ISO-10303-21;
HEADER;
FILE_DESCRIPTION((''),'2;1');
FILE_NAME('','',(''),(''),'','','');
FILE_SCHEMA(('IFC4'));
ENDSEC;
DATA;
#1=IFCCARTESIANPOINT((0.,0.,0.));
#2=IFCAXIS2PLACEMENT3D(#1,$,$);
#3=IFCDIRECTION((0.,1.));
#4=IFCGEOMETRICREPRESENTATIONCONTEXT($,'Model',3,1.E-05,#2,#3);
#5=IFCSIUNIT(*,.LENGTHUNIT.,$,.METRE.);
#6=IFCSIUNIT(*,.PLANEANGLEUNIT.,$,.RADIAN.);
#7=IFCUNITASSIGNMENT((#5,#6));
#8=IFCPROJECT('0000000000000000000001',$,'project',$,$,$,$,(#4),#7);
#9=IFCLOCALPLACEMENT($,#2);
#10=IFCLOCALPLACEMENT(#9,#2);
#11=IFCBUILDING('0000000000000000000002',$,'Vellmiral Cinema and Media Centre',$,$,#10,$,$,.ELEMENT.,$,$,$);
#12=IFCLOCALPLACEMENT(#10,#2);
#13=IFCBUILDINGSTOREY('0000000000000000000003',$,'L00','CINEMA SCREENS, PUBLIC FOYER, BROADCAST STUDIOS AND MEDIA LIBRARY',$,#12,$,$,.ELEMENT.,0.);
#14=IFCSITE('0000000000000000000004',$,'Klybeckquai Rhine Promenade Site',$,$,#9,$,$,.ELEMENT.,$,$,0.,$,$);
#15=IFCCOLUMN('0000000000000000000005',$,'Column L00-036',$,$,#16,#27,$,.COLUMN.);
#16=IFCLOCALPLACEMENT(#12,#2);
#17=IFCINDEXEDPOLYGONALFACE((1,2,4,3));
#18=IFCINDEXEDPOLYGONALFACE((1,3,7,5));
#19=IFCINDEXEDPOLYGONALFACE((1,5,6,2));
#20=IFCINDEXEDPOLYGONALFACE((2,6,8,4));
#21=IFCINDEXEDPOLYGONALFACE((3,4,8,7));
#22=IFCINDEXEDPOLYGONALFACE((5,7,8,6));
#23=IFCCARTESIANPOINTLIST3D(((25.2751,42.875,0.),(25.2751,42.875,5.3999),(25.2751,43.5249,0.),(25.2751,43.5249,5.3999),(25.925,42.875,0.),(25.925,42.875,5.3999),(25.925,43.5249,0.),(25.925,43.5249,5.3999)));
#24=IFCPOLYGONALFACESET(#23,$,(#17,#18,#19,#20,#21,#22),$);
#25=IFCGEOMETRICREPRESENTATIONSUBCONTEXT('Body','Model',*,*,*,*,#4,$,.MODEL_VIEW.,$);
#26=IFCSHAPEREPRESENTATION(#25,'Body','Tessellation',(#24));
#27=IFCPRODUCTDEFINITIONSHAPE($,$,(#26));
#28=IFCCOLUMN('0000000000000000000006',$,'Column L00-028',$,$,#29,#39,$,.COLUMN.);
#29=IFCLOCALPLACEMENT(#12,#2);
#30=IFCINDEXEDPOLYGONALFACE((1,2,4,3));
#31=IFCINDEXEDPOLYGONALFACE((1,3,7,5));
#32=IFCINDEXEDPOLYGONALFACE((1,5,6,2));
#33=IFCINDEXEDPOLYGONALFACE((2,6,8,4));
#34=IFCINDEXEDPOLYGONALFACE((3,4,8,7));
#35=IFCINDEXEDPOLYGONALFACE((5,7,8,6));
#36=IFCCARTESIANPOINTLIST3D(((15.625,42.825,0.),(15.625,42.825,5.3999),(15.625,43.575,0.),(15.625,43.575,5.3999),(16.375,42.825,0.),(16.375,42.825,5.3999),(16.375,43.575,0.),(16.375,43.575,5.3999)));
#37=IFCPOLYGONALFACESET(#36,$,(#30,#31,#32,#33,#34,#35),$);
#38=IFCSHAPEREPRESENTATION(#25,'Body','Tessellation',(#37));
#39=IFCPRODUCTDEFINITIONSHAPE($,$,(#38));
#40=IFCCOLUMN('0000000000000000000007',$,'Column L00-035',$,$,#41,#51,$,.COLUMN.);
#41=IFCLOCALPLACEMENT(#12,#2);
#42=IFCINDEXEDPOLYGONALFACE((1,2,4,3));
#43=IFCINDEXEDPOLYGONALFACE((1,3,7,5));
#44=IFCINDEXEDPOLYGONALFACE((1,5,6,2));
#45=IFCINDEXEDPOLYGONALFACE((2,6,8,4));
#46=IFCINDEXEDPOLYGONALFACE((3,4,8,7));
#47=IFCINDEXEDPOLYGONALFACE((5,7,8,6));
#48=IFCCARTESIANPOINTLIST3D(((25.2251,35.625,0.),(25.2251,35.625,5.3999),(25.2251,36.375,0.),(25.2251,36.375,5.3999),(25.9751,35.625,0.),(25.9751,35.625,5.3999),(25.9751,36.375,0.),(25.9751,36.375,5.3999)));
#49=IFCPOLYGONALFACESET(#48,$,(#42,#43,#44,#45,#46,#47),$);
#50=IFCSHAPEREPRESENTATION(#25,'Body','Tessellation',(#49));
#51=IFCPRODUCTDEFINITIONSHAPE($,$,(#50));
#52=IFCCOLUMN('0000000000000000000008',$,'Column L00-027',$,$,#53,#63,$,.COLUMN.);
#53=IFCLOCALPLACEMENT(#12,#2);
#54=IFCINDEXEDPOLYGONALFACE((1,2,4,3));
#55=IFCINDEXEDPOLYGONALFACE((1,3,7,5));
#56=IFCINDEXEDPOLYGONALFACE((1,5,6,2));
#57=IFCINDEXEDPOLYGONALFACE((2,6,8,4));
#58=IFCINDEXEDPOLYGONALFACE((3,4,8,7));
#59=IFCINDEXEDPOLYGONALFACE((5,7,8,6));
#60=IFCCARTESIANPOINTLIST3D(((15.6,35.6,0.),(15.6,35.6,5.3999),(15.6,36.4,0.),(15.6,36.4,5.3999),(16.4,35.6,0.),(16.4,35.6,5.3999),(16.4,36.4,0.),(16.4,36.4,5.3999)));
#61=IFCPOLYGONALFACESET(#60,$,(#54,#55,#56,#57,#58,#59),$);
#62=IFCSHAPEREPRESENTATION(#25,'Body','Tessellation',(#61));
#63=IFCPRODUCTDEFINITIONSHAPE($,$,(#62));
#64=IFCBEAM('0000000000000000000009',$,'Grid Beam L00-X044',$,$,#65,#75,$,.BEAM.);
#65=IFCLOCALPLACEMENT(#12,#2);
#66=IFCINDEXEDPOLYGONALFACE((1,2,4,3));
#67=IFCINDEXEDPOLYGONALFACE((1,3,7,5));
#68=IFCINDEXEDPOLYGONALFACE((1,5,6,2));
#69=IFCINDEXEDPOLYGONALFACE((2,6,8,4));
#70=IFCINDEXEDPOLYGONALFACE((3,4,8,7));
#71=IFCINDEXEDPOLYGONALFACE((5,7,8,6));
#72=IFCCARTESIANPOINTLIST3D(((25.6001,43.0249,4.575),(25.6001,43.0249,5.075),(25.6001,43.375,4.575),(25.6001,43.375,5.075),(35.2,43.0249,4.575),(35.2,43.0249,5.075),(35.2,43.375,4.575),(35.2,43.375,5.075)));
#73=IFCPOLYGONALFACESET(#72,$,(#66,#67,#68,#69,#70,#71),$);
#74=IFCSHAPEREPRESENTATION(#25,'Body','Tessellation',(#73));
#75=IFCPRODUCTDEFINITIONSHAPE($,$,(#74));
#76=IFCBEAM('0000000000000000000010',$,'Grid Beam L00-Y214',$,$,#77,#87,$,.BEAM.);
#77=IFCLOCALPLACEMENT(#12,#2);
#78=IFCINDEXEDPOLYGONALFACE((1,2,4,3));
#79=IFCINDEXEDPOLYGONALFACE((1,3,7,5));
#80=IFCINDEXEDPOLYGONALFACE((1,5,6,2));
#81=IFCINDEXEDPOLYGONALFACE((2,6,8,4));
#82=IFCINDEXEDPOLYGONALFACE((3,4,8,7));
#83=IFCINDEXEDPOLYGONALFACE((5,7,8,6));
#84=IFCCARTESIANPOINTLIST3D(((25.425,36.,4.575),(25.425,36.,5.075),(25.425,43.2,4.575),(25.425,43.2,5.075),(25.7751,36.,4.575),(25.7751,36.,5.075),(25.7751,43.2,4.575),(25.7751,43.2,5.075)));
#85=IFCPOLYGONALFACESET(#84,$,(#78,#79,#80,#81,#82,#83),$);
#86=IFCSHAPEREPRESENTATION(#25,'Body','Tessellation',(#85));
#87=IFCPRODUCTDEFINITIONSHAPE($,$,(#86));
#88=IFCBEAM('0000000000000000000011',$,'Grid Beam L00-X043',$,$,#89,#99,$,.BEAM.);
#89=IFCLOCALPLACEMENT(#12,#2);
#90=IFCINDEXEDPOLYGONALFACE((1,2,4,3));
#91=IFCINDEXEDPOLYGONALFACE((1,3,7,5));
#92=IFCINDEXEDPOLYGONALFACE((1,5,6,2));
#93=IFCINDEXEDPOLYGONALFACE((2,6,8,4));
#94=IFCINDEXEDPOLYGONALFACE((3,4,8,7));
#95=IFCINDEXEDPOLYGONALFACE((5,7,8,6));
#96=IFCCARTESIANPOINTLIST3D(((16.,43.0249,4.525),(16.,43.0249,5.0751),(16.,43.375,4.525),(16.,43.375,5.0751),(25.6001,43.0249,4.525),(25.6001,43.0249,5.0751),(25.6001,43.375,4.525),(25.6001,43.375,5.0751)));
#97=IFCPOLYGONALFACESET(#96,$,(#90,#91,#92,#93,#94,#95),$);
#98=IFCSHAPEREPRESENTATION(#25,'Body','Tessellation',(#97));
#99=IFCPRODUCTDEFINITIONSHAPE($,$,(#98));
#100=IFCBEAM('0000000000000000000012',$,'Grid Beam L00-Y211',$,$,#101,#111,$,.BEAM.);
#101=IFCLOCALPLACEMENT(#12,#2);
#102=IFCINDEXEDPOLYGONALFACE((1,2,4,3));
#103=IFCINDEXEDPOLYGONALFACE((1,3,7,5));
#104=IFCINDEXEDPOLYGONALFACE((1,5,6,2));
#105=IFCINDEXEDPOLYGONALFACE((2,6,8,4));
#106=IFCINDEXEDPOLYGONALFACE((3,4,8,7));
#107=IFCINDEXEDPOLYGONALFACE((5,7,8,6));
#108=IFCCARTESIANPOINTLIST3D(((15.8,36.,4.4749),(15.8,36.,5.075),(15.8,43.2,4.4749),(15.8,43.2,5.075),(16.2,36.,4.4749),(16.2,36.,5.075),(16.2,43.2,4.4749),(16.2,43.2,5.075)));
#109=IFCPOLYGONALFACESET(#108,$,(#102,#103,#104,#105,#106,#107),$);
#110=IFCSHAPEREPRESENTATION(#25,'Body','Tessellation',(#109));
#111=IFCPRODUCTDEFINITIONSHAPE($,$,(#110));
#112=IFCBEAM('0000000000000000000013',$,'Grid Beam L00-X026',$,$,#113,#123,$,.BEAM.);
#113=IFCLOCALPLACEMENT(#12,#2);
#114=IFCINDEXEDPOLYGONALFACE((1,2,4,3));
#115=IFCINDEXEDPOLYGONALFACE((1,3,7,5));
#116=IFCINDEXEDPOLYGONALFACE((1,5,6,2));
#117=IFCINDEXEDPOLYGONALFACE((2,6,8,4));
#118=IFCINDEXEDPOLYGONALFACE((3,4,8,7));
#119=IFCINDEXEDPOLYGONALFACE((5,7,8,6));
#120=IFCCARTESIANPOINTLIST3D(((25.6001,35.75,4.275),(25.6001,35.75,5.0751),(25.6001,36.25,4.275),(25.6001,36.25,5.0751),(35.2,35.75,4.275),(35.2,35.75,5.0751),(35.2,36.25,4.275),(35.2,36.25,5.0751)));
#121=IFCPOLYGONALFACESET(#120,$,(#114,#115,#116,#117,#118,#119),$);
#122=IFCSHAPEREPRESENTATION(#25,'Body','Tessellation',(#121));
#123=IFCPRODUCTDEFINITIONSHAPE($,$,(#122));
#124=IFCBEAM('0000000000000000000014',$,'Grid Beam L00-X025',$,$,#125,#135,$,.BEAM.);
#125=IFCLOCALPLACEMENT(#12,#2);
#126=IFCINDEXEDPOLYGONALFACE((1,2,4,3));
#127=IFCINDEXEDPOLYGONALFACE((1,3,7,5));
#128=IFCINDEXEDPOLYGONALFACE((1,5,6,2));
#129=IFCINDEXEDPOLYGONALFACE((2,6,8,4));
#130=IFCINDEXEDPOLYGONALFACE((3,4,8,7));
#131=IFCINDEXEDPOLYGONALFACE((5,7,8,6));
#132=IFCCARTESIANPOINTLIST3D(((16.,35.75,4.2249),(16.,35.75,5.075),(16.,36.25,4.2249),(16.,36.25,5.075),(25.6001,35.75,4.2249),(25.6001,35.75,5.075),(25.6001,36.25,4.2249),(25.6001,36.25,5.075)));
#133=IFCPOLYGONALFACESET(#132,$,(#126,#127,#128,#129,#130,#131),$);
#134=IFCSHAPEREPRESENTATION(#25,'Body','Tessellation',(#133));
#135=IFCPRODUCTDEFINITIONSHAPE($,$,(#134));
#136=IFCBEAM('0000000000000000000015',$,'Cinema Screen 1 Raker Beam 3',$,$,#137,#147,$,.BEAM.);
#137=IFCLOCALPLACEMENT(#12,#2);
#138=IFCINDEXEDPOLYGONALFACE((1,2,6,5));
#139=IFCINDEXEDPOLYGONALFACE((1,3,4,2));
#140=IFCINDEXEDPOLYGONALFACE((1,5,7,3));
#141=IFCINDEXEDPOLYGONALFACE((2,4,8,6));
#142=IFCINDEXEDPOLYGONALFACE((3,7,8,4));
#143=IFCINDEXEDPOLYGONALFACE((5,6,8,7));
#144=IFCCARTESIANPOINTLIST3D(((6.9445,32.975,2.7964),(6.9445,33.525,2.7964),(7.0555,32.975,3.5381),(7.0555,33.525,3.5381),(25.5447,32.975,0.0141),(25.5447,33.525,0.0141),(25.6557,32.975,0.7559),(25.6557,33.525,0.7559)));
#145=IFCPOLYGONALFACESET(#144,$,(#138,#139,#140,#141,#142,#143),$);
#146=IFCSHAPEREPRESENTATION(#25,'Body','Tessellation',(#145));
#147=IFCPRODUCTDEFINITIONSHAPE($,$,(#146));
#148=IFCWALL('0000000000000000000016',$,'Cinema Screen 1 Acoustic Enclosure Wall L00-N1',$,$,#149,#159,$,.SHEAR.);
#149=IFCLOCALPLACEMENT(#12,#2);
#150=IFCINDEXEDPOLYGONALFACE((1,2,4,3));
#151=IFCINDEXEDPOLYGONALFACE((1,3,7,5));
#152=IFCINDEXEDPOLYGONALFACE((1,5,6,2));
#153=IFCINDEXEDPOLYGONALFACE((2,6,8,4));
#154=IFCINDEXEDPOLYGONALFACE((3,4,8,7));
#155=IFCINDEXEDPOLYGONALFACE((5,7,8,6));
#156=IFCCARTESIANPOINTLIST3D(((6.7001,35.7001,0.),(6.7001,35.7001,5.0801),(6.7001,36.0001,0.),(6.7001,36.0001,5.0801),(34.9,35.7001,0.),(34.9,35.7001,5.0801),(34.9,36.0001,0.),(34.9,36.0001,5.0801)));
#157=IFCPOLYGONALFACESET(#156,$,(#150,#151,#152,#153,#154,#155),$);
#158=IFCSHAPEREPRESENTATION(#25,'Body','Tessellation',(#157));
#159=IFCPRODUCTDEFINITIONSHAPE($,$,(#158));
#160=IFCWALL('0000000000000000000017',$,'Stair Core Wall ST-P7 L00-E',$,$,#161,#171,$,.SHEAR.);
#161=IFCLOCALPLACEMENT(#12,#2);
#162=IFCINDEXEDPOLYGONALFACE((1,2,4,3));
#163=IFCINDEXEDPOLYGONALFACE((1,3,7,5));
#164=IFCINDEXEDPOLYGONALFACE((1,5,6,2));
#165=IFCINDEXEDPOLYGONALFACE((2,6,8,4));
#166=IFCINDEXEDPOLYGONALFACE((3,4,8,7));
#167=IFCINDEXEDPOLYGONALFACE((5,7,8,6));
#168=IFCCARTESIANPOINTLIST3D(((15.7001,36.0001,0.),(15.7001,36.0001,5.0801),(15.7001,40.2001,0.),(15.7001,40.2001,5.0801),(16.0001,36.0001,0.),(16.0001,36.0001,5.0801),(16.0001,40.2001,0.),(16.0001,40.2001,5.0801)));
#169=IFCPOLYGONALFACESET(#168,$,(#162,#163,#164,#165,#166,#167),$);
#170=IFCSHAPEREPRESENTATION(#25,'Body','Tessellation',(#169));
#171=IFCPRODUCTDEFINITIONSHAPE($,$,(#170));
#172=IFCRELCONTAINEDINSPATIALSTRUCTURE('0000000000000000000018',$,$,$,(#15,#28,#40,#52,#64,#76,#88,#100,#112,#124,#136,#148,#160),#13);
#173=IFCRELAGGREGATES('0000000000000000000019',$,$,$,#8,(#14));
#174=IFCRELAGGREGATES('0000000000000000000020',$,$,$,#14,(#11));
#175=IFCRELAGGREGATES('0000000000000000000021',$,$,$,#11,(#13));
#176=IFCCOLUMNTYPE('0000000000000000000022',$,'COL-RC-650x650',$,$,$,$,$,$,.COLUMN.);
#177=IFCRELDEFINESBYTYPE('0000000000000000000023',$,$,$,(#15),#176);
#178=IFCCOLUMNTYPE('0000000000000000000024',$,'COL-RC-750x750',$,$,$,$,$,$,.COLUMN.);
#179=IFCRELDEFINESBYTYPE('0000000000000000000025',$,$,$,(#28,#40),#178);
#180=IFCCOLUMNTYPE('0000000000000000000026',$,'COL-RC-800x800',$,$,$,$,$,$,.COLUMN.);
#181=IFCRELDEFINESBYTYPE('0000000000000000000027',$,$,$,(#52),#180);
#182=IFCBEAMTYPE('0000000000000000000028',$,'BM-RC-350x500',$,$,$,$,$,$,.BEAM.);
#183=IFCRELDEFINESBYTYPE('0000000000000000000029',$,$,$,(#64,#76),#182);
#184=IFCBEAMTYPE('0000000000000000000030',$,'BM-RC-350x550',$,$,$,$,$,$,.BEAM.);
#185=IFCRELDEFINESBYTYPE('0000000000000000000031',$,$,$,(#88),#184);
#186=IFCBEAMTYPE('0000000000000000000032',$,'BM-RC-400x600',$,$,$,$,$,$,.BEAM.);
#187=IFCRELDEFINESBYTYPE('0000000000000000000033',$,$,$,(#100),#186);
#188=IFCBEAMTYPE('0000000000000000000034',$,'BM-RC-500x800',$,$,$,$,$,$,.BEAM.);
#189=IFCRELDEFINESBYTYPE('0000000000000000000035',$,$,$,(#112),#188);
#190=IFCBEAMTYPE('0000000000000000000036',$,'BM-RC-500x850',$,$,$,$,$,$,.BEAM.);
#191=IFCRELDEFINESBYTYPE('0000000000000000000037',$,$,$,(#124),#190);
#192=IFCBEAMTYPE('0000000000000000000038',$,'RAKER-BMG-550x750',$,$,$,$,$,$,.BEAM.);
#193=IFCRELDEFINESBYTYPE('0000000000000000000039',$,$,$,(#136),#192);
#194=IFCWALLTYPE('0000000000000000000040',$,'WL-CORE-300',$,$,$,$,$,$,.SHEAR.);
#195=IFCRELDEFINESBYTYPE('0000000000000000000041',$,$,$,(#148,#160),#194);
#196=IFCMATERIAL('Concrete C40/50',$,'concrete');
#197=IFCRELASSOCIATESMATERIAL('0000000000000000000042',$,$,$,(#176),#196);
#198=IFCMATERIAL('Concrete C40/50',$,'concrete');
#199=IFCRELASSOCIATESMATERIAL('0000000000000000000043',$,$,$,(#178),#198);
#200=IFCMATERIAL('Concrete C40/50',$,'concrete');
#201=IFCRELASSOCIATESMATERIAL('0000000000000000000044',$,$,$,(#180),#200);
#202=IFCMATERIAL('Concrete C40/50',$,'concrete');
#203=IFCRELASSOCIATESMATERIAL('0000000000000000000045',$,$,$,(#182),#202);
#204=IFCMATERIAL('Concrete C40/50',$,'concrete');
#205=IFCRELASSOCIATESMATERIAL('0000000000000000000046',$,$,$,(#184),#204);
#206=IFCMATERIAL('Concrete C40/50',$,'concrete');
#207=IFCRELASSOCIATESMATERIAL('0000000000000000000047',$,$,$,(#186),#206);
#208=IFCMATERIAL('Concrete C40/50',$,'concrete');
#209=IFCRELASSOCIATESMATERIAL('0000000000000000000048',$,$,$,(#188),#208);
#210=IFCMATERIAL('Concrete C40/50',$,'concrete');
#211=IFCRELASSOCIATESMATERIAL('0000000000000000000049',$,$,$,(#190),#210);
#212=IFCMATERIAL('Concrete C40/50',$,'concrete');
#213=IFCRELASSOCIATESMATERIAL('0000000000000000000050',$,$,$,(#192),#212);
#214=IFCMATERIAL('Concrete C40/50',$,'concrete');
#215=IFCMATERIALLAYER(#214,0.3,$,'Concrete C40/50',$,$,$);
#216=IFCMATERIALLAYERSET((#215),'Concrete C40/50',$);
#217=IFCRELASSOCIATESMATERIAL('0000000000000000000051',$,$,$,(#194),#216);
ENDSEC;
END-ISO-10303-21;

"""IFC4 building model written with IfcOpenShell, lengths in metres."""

from ifc_helpers import new_model, si_unit, direction, frame, frame_2d, origin, origin_2d, place, context, subcontext, project, spatial, rectangle, extrude, material, layer, layer_set, material_profile, profile_set, type_object, element, save


model = new_model("IFC4")

# Units and contexts
model_context = context("Model", 3, precision=1e-05, world=origin(), true_north=direction((0.0, 1.0)))
body_context = subcontext(model_context, "Body", "Model", "MODEL_VIEW")
ifc_project = project(units=[si_unit("LENGTHUNIT", "METRE"), si_unit("PLANEANGLEUNIT", "RADIAN")], contexts=[model_context])

# Site, building, storey
site_placement = place(None, origin())
site = spatial("IfcSite", under=ifc_project, at=site_placement, Name="Klybeckquai Rhine Promenade Site", CompositionType="ELEMENT", RefElevation=0.0)
building_placement = place(site_placement, origin())
building = spatial("IfcBuilding", under=site, at=building_placement, Name="Vellmiral Cinema and Media Centre", CompositionType="ELEMENT")
storey_placement = place(building_placement, origin())
storey = spatial("IfcBuildingStorey", under=building, at=storey_placement, Name="L00", Description="CINEMA SCREENS, PUBLIC FOYER, BROADCAST STUDIOS AND MEDIA LIBRARY", CompositionType="ELEMENT", Elevation=0.0)

# Columns
ifc_material_1 = material(Name="Concrete C40/50", Category="concrete")
ifc_material_profile_1 = material_profile(ifc_material_1, rectangle(XDim=0.6499, YDim=0.6499, at=origin_2d()), Name="RC 650x650")
ifc_profile_set_1 = profile_set([ifc_material_profile_1], Name="Concrete C40/50")
column_type_1 = type_object("IfcColumnType", Name="COL-RC-650x650", PredefinedType="COLUMN", material=ifc_profile_set_1)
column_1_placement = place(storey_placement, frame((25.6001, 43.2, 0.0), z_axis=(0.0, 0.0, 1.0), x_axis=(1.0, 0.0, 0.0)))
element("IfcColumn", 1, at=column_1_placement, inside=storey, type_object=column_type_1, Name="Column L00-036", PredefinedType="COLUMN", context=body_context, shape_type="SweptSolid", body=[
    extrude(rectangle(XDim=0.6499, YDim=0.6499, at=origin_2d()), origin(), (0.0, 0.0, 1.0), 5.3999),
])
ifc_material_2 = material(Name="Concrete C40/50", Category="concrete")
ifc_material_profile_2 = material_profile(ifc_material_2, rectangle(XDim=0.75, YDim=0.75, at=origin_2d()), Name="RC 750x750")
ifc_profile_set_2 = profile_set([ifc_material_profile_2], Name="Concrete C40/50")
column_type_2 = type_object("IfcColumnType", Name="COL-RC-750x750", PredefinedType="COLUMN", material=ifc_profile_set_2)
for number, where, z_axis, x_axis, name in (
    (2, (16.0, 43.2, 0.0), (0.0, 0.0, 1.0), (1.0, 0.0, 0.0), "Column L00-028"),
    (3, (25.6001, 36.0, 0.0), (0.0, 0.0, 1.0), (1.0, 0.0, 0.0), "Column L00-035"),
):
    element("IfcColumn", number, at=place(storey_placement, frame(where, z_axis=z_axis, x_axis=x_axis)), inside=storey, type_object=column_type_2, Name=name, PredefinedType="COLUMN", context=body_context, shape_type="SweptSolid", body=[
        extrude(rectangle(XDim=0.75, YDim=0.75, at=origin_2d()), origin(), (0.0, 0.0, 1.0), 5.3999),
    ])
ifc_material_3 = material(Name="Concrete C40/50", Category="concrete")
ifc_material_profile_3 = material_profile(ifc_material_3, rectangle(XDim=0.8, YDim=0.8, at=origin_2d()), Name="RC 800x800")
ifc_profile_set_3 = profile_set([ifc_material_profile_3], Name="Concrete C40/50")
column_type_3 = type_object("IfcColumnType", Name="COL-RC-800x800", PredefinedType="COLUMN", material=ifc_profile_set_3)
column_2_placement = place(storey_placement, frame((16.0, 36.0, 0.0), z_axis=(0.0, 0.0, 1.0), x_axis=(1.0, 0.0, 0.0)))
element("IfcColumn", 4, at=column_2_placement, inside=storey, type_object=column_type_3, Name="Column L00-027", PredefinedType="COLUMN", context=body_context, shape_type="SweptSolid", body=[
    extrude(rectangle(XDim=0.8, YDim=0.8, at=origin_2d()), origin(), (0.0, 0.0, 1.0), 5.3999),
])

# Beams
ifc_material_4 = material(Name="Concrete C40/50", Category="concrete")
ifc_material_profile_4 = material_profile(ifc_material_4, rectangle(XDim=0.3501, YDim=0.5, at=origin_2d()), Name="RC 350x500")
ifc_profile_set_4 = profile_set([ifc_material_profile_4], Name="Concrete C40/50")
beam_type_1 = type_object("IfcBeamType", Name="BM-RC-350x500", PredefinedType="BEAM", material=ifc_profile_set_4)
beam_1_placement = place(storey_placement, frame((25.6001, 43.2, 4.825), z_axis=(1.0, 0.0, 0.0), x_axis=(0.0, 1.0, 0.0)))
element("IfcBeam", 5, at=beam_1_placement, inside=storey, type_object=beam_type_1, Name="Grid Beam L00-X044", PredefinedType="BEAM", context=body_context, shape_type="SweptSolid", body=[
    extrude(rectangle(XDim=0.3501, YDim=0.5, at=origin_2d()), origin(), (0.0, 0.0, 1.0), 9.5999),
])
beam_2_placement = place(storey_placement, frame((25.6001, 36.0, 4.825), z_axis=(0.0, 1.0, 0.0), x_axis=(-1.0, 0.0, 0.0)))
element("IfcBeam", 6, at=beam_2_placement, inside=storey, type_object=beam_type_1, Name="Grid Beam L00-Y214", PredefinedType="BEAM", context=body_context, shape_type="SweptSolid", body=[
    extrude(rectangle(XDim=0.3501, YDim=0.5, at=origin_2d()), origin(), (0.0, 0.0, 1.0), 7.2),
])
ifc_material_5 = material(Name="Concrete C40/50", Category="concrete")
ifc_material_profile_5 = material_profile(ifc_material_5, rectangle(XDim=0.3501, YDim=0.55, at=origin_2d()), Name="RC 350x550")
ifc_profile_set_5 = profile_set([ifc_material_profile_5], Name="Concrete C40/50")
beam_type_2 = type_object("IfcBeamType", Name="BM-RC-350x550", PredefinedType="BEAM", material=ifc_profile_set_5)
beam_3_placement = place(storey_placement, frame((16.0, 43.2, 4.8), z_axis=(1.0, 0.0, 0.0), x_axis=(0.0, 1.0, 0.0)))
element("IfcBeam", 7, at=beam_3_placement, inside=storey, type_object=beam_type_2, Name="Grid Beam L00-X043", PredefinedType="BEAM", context=body_context, shape_type="SweptSolid", body=[
    extrude(rectangle(XDim=0.3501, YDim=0.55, at=origin_2d()), origin(), (0.0, 0.0, 1.0), 9.6001),
])
ifc_material_6 = material(Name="Concrete C40/50", Category="concrete")
ifc_material_profile_6 = material_profile(ifc_material_6, rectangle(XDim=0.3999, YDim=0.6001, at=origin_2d()), Name="RC 400x600")
ifc_profile_set_6 = profile_set([ifc_material_profile_6], Name="Concrete C40/50")
beam_type_3 = type_object("IfcBeamType", Name="BM-RC-400x600", PredefinedType="BEAM", material=ifc_profile_set_6)
beam_4_placement = place(storey_placement, frame((16.0, 36.0, 4.7749), z_axis=(0.0, 1.0, 0.0), x_axis=(-1.0, 0.0, 0.0)))
element("IfcBeam", 8, at=beam_4_placement, inside=storey, type_object=beam_type_3, Name="Grid Beam L00-Y211", PredefinedType="BEAM", context=body_context, shape_type="SweptSolid", body=[
    extrude(rectangle(XDim=0.3999, YDim=0.6001, at=origin_2d()), origin(), (0.0, 0.0, 1.0), 7.2),
])
ifc_material_7 = material(Name="Concrete C40/50", Category="concrete")
ifc_material_profile_7 = material_profile(ifc_material_7, rectangle(XDim=0.5, YDim=0.8, at=origin_2d()), Name="RC 500x800")
ifc_profile_set_7 = profile_set([ifc_material_profile_7], Name="Concrete C40/50")
beam_type_4 = type_object("IfcBeamType", Name="BM-RC-500x800", PredefinedType="BEAM", material=ifc_profile_set_7)
beam_5_placement = place(storey_placement, frame((25.6001, 36.0, 4.675), z_axis=(1.0, 0.0, 0.0), x_axis=(0.0, 1.0, 0.0)))
element("IfcBeam", 9, at=beam_5_placement, inside=storey, type_object=beam_type_4, Name="Grid Beam L00-X026", PredefinedType="BEAM", context=body_context, shape_type="SweptSolid", body=[
    extrude(rectangle(XDim=0.5, YDim=0.8, at=origin_2d()), origin(), (0.0, 0.0, 1.0), 9.5999),
])
ifc_material_8 = material(Name="Concrete C40/50", Category="concrete")
ifc_material_profile_8 = material_profile(ifc_material_8, rectangle(XDim=0.5, YDim=0.8501, at=origin_2d()), Name="RC 500x850")
ifc_profile_set_8 = profile_set([ifc_material_profile_8], Name="Concrete C40/50")
beam_type_5 = type_object("IfcBeamType", Name="BM-RC-500x850", PredefinedType="BEAM", material=ifc_profile_set_8)
beam_6_placement = place(storey_placement, frame((16.0, 36.0, 4.6499), z_axis=(1.0, 0.0, 0.0), x_axis=(0.0, 1.0, 0.0)))
element("IfcBeam", 10, at=beam_6_placement, inside=storey, type_object=beam_type_5, Name="Grid Beam L00-X025", PredefinedType="BEAM", context=body_context, shape_type="SweptSolid", body=[
    extrude(rectangle(XDim=0.5, YDim=0.8501, at=origin_2d()), origin(), (0.0, 0.0, 1.0), 9.6001),
])
ifc_material_9 = material(Name="Concrete C40/50", Category="concrete")
ifc_material_profile_9 = material_profile(ifc_material_9, rectangle(XDim=0.55, YDim=0.75, at=origin_2d()), Name="RC 550x750")
ifc_profile_set_9 = profile_set([ifc_material_profile_9], Name="Concrete C40/50")
beam_type_6 = type_object("IfcBeamType", Name="RAKER-BMG-550x750", PredefinedType="BEAM", material=ifc_profile_set_9)
beam_7_placement = place(storey_placement, frame((7.0, 33.25, 3.1672), z_axis=(0.988997, 0.0, -0.147935), x_axis=(0.0, 1.0, 0.0)))
element("IfcBeam", 11, at=beam_7_placement, inside=storey, type_object=beam_type_6, Name="Cinema Screen 1 Raker Beam 3", PredefinedType="BEAM", context=body_context, shape_type="SweptSolid", body=[
    extrude(rectangle(XDim=0.55, YDim=0.75, at=origin_2d()), origin(), (0.0, 0.0, 1.0), 18.8071),
])

# Walls
ifc_material_10 = material(Name="Concrete C40/50", Category="concrete")
ifc_layer_1 = layer(ifc_material_10, 0.3, Name="Concrete C40/50")
ifc_layer_set_1 = layer_set([ifc_layer_1], Name="Concrete C40/50")
wall_type_1 = type_object("IfcWallType", Name="WL-CORE-300", PredefinedType="SHEAR", material=ifc_layer_set_1)
wall_1_placement = place(storey_placement, frame((6.7, 35.8501, 0.0), z_axis=(0.0, 0.0, 1.0), x_axis=(1.0, 0.0, 0.0)))
element("IfcWall", 12, at=wall_1_placement, inside=storey, type_object=wall_type_1, Name="Cinema Screen 1 Acoustic Enclosure Wall L00-N1", PredefinedType="SHEAR", context=body_context, shape_type="SweptSolid", body=[
    extrude(rectangle(XDim=28.2, YDim=0.3, at=frame_2d((14.1001, 0.0))), origin(), (0.0, 0.0, 1.0), 5.0801),
])
wall_2_placement = place(storey_placement, frame((15.8501, 36.0, 0.0), z_axis=(0.0, 0.0, 1.0), x_axis=(0.0, 1.0, 0.0)))
element("IfcWall", 13, at=wall_2_placement, inside=storey, type_object=wall_type_1, Name="Stair Core Wall ST-P7 L00-E", PredefinedType="SHEAR", context=body_context, shape_type="SweptSolid", body=[
    extrude(rectangle(XDim=4.2, YDim=0.3, at=frame_2d((2.1001, 0.0))), origin(), (0.0, 0.0, 1.0), 5.0801),
])

save(model, "model.ifc")
